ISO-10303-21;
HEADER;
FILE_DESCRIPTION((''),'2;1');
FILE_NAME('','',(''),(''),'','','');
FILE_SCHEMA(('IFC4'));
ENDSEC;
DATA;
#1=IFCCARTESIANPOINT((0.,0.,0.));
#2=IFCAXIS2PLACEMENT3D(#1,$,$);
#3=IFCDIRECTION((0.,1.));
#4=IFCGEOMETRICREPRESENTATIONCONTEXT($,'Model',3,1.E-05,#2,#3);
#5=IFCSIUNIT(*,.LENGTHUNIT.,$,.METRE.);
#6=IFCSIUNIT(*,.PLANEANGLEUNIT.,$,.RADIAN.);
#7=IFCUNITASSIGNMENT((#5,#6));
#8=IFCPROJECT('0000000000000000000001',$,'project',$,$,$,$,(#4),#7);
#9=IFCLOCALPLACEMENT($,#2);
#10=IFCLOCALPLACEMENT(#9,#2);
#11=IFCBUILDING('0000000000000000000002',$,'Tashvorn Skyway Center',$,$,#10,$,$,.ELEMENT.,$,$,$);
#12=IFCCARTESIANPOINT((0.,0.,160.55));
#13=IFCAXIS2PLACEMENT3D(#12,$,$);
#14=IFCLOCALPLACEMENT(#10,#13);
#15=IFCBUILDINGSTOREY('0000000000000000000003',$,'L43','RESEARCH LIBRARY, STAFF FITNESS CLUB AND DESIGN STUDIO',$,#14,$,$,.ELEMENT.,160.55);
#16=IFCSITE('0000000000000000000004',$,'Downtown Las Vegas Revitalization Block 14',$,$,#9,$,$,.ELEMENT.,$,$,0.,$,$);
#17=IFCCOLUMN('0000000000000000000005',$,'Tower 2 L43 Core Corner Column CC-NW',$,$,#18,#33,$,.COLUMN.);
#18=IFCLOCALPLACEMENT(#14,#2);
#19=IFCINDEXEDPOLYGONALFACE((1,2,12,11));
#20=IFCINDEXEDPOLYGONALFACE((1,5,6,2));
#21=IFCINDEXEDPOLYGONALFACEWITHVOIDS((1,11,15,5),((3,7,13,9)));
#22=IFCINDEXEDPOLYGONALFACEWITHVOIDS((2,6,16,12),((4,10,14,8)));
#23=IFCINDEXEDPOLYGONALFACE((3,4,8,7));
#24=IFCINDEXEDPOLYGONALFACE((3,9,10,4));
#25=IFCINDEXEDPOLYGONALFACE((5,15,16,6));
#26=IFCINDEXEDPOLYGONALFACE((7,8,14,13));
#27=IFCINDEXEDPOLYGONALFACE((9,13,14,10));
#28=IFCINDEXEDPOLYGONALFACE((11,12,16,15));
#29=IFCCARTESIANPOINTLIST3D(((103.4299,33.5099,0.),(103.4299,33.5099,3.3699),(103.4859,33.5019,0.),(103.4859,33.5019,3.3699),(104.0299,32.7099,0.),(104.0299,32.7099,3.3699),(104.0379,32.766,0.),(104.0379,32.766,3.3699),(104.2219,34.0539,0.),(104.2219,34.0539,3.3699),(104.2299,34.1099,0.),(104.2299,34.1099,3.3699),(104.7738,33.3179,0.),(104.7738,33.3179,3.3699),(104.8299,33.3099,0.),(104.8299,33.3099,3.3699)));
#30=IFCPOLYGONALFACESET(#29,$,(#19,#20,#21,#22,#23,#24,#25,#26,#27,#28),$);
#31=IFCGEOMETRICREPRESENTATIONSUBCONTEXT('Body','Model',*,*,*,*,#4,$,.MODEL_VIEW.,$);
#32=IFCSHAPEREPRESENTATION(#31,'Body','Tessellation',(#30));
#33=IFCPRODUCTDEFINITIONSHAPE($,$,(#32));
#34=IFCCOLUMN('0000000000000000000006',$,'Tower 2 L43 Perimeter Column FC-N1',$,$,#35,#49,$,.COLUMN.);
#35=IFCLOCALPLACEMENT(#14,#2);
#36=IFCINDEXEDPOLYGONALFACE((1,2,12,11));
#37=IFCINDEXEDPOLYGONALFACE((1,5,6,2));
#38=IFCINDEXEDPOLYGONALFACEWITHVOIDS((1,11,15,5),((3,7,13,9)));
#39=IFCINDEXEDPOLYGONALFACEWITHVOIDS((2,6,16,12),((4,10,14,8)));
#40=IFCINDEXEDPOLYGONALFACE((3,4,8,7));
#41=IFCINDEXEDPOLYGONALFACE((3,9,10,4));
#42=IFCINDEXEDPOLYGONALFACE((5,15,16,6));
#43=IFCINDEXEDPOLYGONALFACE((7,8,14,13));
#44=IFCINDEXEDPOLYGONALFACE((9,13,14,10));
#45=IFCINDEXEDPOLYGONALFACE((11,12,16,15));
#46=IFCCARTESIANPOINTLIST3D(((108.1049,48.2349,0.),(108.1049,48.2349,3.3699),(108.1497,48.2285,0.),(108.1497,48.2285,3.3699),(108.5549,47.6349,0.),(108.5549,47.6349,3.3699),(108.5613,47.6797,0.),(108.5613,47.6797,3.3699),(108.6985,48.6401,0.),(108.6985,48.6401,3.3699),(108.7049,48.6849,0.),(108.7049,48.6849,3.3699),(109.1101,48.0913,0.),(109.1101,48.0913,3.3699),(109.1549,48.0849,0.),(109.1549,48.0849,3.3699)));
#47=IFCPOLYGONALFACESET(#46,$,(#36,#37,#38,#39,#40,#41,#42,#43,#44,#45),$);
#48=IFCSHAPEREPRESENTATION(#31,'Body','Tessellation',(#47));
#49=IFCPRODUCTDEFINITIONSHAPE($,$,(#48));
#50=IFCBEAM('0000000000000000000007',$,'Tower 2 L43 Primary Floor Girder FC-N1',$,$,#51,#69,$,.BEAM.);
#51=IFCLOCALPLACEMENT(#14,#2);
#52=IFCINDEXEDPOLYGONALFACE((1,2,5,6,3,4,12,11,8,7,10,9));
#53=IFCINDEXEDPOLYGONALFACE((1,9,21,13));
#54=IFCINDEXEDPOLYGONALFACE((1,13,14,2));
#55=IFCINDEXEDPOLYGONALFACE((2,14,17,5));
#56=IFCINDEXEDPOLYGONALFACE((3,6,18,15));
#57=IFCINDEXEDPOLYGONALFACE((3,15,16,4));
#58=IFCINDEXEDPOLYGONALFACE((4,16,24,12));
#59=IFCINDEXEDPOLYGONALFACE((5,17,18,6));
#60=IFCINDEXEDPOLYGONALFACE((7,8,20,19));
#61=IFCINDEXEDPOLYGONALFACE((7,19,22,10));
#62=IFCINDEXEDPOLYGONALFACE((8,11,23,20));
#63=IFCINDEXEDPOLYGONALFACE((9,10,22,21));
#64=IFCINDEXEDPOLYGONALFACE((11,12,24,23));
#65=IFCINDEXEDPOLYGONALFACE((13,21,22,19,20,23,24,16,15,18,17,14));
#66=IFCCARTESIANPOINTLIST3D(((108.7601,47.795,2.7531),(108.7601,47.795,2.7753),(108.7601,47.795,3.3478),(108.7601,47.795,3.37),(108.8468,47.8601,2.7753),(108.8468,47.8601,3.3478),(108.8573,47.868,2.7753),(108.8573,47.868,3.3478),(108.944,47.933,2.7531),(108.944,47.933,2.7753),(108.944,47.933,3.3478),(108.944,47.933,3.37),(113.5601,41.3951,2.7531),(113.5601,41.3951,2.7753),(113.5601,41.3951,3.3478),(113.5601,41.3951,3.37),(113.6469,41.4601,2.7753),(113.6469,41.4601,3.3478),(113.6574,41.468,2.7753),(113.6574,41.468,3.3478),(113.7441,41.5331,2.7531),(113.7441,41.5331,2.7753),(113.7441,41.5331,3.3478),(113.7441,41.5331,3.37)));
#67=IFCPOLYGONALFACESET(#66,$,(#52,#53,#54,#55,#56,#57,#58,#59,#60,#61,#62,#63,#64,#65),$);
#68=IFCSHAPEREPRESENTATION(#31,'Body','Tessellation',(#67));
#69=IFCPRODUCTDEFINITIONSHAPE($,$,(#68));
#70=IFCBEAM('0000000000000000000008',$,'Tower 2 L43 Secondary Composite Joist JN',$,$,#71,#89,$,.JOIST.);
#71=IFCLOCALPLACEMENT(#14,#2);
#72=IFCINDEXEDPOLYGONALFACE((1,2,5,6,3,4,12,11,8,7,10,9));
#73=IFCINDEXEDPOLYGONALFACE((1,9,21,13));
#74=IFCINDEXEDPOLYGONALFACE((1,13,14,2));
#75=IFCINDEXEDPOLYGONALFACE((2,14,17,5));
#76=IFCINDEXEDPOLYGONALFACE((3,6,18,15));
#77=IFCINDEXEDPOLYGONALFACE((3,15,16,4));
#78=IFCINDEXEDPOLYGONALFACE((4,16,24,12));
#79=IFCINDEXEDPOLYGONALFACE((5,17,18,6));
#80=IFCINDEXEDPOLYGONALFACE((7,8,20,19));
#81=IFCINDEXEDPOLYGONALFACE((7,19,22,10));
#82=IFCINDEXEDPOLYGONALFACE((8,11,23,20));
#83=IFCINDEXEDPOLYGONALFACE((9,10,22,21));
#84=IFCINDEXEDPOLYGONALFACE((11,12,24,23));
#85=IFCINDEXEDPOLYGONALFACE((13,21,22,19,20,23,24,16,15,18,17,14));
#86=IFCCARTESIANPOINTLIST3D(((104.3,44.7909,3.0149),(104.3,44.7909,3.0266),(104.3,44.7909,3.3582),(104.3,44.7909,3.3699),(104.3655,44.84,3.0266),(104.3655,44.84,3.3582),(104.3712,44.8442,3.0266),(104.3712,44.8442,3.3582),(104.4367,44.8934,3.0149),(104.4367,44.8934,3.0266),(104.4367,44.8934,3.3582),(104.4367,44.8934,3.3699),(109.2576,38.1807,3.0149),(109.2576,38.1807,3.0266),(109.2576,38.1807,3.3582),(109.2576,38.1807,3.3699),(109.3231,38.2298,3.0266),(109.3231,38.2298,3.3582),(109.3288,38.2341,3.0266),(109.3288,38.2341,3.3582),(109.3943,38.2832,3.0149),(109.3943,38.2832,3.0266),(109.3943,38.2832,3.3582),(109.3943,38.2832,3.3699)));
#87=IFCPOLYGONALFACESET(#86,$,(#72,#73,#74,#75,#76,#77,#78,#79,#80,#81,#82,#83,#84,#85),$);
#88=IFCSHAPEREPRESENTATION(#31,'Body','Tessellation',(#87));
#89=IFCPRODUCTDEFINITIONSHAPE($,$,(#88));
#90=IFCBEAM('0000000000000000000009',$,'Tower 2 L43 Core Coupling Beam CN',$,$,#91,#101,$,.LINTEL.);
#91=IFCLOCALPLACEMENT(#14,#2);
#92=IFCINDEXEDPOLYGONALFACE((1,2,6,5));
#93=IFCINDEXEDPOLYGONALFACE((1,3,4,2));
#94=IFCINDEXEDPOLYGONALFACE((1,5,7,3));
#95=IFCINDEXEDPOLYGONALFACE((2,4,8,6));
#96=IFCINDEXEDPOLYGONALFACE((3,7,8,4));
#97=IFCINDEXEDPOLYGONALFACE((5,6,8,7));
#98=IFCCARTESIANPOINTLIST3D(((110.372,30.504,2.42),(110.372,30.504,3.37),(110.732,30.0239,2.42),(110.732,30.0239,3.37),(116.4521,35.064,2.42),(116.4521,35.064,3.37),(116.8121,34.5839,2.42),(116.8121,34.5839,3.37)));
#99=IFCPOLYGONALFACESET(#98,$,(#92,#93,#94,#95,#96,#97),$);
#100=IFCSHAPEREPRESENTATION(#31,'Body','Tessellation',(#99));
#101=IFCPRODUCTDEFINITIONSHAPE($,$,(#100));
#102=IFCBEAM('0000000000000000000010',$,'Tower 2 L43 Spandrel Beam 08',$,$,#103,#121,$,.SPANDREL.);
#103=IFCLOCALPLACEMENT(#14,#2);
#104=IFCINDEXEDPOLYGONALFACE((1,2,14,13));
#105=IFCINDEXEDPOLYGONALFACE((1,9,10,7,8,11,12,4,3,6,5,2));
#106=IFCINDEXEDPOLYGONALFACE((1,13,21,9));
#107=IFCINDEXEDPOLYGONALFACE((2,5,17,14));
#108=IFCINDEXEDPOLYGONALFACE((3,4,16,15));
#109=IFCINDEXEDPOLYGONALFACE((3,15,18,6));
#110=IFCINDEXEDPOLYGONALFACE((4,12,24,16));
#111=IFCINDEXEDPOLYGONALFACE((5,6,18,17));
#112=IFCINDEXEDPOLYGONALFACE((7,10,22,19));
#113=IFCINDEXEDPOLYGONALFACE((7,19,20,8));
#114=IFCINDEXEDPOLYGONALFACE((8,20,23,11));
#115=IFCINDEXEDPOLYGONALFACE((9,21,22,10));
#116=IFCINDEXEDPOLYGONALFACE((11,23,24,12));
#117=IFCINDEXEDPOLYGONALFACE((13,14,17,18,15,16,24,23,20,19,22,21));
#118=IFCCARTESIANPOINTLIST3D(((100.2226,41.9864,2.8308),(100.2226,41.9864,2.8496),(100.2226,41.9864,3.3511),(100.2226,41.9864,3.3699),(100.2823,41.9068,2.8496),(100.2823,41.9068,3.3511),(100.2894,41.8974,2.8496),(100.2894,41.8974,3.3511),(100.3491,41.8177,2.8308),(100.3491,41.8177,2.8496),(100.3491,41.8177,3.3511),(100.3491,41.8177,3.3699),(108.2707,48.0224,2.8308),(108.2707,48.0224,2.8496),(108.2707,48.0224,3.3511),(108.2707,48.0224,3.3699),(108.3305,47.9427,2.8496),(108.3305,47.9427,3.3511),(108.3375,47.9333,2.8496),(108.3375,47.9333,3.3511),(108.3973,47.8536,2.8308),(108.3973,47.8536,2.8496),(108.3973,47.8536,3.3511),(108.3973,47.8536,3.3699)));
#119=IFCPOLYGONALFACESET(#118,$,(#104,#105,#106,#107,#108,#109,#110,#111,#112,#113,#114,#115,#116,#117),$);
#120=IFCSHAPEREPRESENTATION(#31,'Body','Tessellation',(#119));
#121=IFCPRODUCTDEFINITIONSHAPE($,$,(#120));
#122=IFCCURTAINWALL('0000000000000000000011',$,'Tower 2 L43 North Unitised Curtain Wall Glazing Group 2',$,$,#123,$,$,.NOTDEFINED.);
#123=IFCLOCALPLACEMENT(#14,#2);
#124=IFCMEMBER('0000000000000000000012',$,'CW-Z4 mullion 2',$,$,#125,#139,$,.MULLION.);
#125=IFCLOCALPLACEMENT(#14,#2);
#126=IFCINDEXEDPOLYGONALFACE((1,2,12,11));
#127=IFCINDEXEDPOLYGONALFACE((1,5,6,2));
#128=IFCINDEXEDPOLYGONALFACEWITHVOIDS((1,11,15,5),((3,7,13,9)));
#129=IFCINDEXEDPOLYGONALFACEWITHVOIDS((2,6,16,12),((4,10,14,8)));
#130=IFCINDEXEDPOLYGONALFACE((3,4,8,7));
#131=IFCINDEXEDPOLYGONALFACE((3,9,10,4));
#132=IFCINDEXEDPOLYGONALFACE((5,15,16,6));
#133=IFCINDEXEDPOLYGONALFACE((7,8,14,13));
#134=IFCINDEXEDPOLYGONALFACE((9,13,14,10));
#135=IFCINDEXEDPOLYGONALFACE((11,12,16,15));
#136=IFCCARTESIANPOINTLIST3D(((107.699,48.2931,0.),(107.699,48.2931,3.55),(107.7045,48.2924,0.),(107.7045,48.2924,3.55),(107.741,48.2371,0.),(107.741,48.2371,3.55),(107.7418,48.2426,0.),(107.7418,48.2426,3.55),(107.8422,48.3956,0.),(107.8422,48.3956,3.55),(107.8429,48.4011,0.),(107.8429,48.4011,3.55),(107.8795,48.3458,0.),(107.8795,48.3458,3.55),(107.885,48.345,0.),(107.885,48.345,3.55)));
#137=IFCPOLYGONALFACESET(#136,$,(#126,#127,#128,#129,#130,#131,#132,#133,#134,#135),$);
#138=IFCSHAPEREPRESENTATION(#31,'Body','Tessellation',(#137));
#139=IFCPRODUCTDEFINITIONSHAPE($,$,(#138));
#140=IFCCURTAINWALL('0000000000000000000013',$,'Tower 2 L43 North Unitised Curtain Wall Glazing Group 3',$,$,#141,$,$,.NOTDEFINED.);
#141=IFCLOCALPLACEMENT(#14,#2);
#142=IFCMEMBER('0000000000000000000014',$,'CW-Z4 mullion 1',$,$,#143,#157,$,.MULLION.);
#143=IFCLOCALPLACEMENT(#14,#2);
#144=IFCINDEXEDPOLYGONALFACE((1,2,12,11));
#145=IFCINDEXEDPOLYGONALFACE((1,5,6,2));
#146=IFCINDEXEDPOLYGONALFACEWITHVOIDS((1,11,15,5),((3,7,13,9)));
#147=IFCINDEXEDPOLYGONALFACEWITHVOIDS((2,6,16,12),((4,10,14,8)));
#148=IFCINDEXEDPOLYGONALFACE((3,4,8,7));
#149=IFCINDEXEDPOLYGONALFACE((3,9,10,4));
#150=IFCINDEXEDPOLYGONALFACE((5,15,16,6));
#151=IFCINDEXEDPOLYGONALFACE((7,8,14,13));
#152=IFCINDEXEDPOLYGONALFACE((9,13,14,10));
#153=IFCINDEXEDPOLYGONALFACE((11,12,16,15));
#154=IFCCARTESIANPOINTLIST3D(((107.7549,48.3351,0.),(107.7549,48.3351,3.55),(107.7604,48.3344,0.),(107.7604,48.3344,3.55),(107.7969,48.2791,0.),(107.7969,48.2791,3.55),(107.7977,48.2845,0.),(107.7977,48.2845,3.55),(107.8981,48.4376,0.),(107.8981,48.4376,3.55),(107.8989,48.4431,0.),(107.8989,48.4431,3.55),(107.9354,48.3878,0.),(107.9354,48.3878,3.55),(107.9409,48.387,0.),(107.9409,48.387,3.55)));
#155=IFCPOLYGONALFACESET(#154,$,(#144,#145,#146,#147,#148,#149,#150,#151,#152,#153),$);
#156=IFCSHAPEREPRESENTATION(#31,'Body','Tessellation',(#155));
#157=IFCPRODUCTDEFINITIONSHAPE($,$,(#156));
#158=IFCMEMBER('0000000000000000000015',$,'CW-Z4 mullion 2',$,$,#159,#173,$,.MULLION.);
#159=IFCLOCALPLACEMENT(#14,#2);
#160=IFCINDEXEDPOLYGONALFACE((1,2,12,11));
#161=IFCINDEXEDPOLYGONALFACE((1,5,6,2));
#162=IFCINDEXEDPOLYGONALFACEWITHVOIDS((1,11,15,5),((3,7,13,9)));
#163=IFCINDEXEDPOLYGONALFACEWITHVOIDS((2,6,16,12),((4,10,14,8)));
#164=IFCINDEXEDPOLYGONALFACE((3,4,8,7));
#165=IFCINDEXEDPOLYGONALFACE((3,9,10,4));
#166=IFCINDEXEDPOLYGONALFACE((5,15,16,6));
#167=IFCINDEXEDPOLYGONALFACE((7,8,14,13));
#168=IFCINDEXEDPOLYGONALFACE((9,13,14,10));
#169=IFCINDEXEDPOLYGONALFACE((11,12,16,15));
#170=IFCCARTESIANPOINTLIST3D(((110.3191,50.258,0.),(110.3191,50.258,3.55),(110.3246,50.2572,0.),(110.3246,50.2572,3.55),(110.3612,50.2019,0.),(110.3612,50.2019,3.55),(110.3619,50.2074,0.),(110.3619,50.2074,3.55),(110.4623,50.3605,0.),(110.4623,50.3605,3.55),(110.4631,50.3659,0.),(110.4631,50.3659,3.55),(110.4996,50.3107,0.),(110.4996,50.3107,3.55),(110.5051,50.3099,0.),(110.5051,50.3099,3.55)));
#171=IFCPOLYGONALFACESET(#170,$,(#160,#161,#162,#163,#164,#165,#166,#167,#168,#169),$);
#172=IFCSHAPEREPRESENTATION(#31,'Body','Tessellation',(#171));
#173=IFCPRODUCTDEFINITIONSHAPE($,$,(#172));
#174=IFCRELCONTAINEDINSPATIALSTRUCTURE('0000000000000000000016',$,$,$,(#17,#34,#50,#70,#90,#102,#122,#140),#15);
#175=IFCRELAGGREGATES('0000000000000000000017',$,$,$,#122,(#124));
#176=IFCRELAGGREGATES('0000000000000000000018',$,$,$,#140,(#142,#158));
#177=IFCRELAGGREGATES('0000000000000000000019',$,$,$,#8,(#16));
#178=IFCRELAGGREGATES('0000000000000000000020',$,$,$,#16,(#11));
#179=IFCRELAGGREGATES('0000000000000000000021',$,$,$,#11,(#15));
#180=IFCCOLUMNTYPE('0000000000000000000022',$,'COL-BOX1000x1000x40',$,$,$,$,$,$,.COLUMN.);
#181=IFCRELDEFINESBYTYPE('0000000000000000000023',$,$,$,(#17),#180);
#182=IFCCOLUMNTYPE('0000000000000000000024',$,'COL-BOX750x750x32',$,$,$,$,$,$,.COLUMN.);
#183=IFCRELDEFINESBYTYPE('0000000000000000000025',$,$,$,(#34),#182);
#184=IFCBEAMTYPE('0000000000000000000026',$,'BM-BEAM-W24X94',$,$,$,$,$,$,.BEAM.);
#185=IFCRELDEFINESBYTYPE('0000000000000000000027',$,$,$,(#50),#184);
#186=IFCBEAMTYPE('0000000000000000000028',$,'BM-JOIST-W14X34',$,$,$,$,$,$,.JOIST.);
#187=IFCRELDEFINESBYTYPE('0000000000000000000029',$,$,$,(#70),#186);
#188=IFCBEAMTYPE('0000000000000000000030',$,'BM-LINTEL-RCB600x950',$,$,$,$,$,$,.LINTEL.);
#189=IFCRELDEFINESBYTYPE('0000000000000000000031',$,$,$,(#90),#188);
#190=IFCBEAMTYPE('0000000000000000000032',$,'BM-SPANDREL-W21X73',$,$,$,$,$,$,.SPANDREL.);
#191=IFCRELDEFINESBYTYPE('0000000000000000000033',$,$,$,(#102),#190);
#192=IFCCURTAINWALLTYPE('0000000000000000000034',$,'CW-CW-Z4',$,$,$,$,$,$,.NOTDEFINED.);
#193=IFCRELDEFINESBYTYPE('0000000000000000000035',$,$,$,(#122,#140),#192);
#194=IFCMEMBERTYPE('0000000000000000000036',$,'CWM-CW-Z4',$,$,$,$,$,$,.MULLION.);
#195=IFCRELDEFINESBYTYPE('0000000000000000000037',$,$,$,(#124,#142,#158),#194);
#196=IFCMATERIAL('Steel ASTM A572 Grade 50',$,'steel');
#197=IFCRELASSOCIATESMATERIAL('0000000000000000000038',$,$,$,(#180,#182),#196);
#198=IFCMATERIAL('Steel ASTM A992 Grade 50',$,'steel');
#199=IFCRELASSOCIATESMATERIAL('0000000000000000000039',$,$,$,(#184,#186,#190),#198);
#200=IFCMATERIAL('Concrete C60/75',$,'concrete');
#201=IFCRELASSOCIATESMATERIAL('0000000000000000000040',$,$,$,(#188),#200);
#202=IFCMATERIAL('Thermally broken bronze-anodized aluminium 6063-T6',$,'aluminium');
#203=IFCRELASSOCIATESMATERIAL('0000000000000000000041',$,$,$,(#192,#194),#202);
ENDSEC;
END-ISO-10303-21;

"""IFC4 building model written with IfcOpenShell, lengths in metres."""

from ifc_helpers import new_model, si_unit, direction, frame, origin, origin_2d, place, context, subcontext, project, spatial, rectangle, hollow_rectangle, i_section, extrude, material, material_profile, profile_set, type_object, element, aggregate, save


model = new_model("IFC4")

# Units and contexts
model_context = context("Model", 3, precision=1e-05, world=origin(), true_north=direction((0.0, 1.0)))
body_context = subcontext(model_context, "Body", "Model", "MODEL_VIEW")
ifc_project = project(units=[si_unit("LENGTHUNIT", "METRE"), si_unit("PLANEANGLEUNIT", "RADIAN")], contexts=[model_context])

# Site, building, storey
site_placement = place(None, origin())
site = spatial("IfcSite", under=ifc_project, at=site_placement, Name="Downtown Las Vegas Revitalization Block 14", CompositionType="ELEMENT", RefElevation=0.0)
building_placement = place(site_placement, origin())
building = spatial("IfcBuilding", under=site, at=building_placement, Name="Tashvorn Skyway Center", CompositionType="ELEMENT")
storey_placement = place(building_placement, frame((0.0, 0.0, 160.55)))
storey = spatial("IfcBuildingStorey", under=building, at=storey_placement, Name="L43", Description="RESEARCH LIBRARY, STAFF FITNESS CLUB AND DESIGN STUDIO", CompositionType="ELEMENT", Elevation=160.55)

# Columns
ifc_material_1 = material(Name="Steel ASTM A572 Grade 50", Category="steel")
ifc_material_profile_1 = material_profile(ifc_material_1, hollow_rectangle(XDim=1.0, YDim=1.0, WallThickness=0.04, at=origin_2d()), Name="BOX1000x1000x40")
ifc_profile_set_1 = profile_set([ifc_material_profile_1], Name="Steel ASTM A572 Grade 50")
column_type_1 = type_object("IfcColumnType", Name="COL-BOX1000x1000x40", PredefinedType="COLUMN", material=ifc_profile_set_1)
column_1_placement = place(storey_placement, frame((104.1299, 33.4099, 0.0), z_axis=(0.0, 0.0, 1.0), x_axis=(0.8, 0.6, 0.0)))
element("IfcColumn", 1, at=column_1_placement, inside=storey, type_object=column_type_1, Name="Tower 2 L43 Core Corner Column CC-NW", PredefinedType="COLUMN", context=body_context, shape_type="SweptSolid", body=[
    extrude(hollow_rectangle(XDim=1.0, YDim=1.0, WallThickness=0.04, at=origin_2d()), origin(), (0.0, 0.0, 1.0), 3.3699),
])
ifc_material_profile_2 = material_profile(ifc_material_1, hollow_rectangle(XDim=0.75, YDim=0.75, WallThickness=0.032, at=origin_2d()), Name="BOX750x750x32")
ifc_profile_set_2 = profile_set([ifc_material_profile_2], Name="Steel ASTM A572 Grade 50")
column_type_2 = type_object("IfcColumnType", Name="COL-BOX750x750x32", PredefinedType="COLUMN", material=ifc_profile_set_2)
column_2_placement = place(storey_placement, frame((108.6299, 48.1599, 0.0), z_axis=(0.0, 0.0, 1.0), x_axis=(0.8, 0.6, 0.0)))
element("IfcColumn", 2, at=column_2_placement, inside=storey, type_object=column_type_2, Name="Tower 2 L43 Perimeter Column FC-N1", PredefinedType="COLUMN", context=body_context, shape_type="SweptSolid", body=[
    extrude(hollow_rectangle(XDim=0.75, YDim=0.75, WallThickness=0.032, at=origin_2d()), origin(), (0.0, 0.0, 1.0), 3.3699),
])

# Beams
ifc_material_2 = material(Name="Steel ASTM A992 Grade 50", Category="steel")
ifc_material_profile_3 = material_profile(ifc_material_2, i_section(OverallWidth=0.23, OverallDepth=0.6169, WebThickness=0.0132, FlangeThickness=0.0222, at=origin_2d()), Name="W24X94")
ifc_profile_set_3 = profile_set([ifc_material_profile_3], Name="Steel ASTM A992 Grade 50")
beam_type_1 = type_object("IfcBeamType", Name="BM-BEAM-W24X94", PredefinedType="BEAM", material=ifc_profile_set_3)
beam_1_placement = place(storey_placement, frame((108.8521, 47.864, 3.0615), z_axis=(0.60001, -0.799993, 0.0), x_axis=(0.799993, 0.60001, 0.0)))
element("IfcBeam", 3, at=beam_1_placement, inside=storey, type_object=beam_type_1, Name="Tower 2 L43 Primary Floor Girder FC-N1", PredefinedType="BEAM", context=body_context, shape_type="SweptSolid", body=[
    extrude(i_section(OverallWidth=0.23, OverallDepth=0.6169, WebThickness=0.0132, FlangeThickness=0.0222, at=origin_2d()), origin(), (0.0, 0.0, 1.0), 8.0),
])
ifc_material_profile_4 = material_profile(ifc_material_2, i_section(OverallWidth=0.1709, OverallDepth=0.355, WebThickness=0.0071, FlangeThickness=0.0117, at=origin_2d()), Name="W14X34")
ifc_profile_set_4 = profile_set([ifc_material_profile_4], Name="Steel ASTM A992 Grade 50")
beam_type_2 = type_object("IfcBeamType", Name="BM-JOIST-W14X34", PredefinedType="JOIST", material=ifc_profile_set_4)
beam_2_placement = place(storey_placement, frame((109.3259, 38.2319, 3.1924), z_axis=(-0.599995, 0.800004, 0.0), x_axis=(-0.800004, -0.599995, 0.0)))
element("IfcBeam", 4, at=beam_2_placement, inside=storey, type_object=beam_type_2, Name="Tower 2 L43 Secondary Composite Joist JN", PredefinedType="JOIST", context=body_context, shape_type="SweptSolid", body=[
    extrude(i_section(OverallWidth=0.1709, OverallDepth=0.355, WebThickness=0.0071, FlangeThickness=0.0117, at=origin_2d()), origin(), (0.0, 0.0, 1.0), 8.2627),
])
ifc_material_3 = material(Name="Concrete C60/75", Category="concrete")
ifc_material_profile_5 = material_profile(ifc_material_3, rectangle(XDim=0.6001, YDim=0.95, at=origin_2d()), Name="RCB600x950")
ifc_profile_set_5 = profile_set([ifc_material_profile_5], Name="Concrete C60/75")
beam_type_3 = type_object("IfcBeamType", Name="BM-LINTEL-RCB600x950", PredefinedType="LINTEL", material=ifc_profile_set_5)
beam_3_placement = place(storey_placement, frame((110.552, 30.2639, 2.895), z_axis=(0.8, 0.6, 0.0), x_axis=(-0.6, 0.8, 0.0)))
element("IfcBeam", 5, at=beam_3_placement, inside=storey, type_object=beam_type_3, Name="Tower 2 L43 Core Coupling Beam CN", PredefinedType="LINTEL", context=body_context, shape_type="SweptSolid", body=[
    extrude(rectangle(XDim=0.6001, YDim=0.95, at=origin_2d()), origin(), (0.0, 0.0, 1.0), 7.6001),
])
ifc_material_profile_6 = material_profile(ifc_material_2, i_section(OverallWidth=0.2109, OverallDepth=0.5391, WebThickness=0.0117, FlangeThickness=0.0188, at=origin_2d()), Name="W21X73")
ifc_profile_set_6 = profile_set([ifc_material_profile_6], Name="Steel ASTM A992 Grade 50")
beam_type_4 = type_object("IfcBeamType", Name="BM-SPANDREL-W21X73", PredefinedType="SPANDREL", material=ifc_profile_set_6)
beam_4_placement = place(storey_placement, frame((108.334, 47.938, 3.1003), z_axis=(-0.800009, -0.599988, 0.0), x_axis=(0.599988, -0.800009, 0.0)))
element("IfcBeam", 6, at=beam_4_placement, inside=storey, type_object=beam_type_4, Name="Tower 2 L43 Spandrel Beam 08", PredefinedType="SPANDREL", context=body_context, shape_type="SweptSolid", body=[
    extrude(i_section(OverallWidth=0.2109, OverallDepth=0.5391, WebThickness=0.0117, FlangeThickness=0.0188, at=origin_2d()), origin(), (0.0, 0.0, 1.0), 10.0601),
])

# Curtain wall, member
ifc_material_4 = material(Name="Thermally broken bronze-anodized aluminium 6063-T6", Category="aluminium")
curtain_wall_type = type_object("IfcCurtainWallType", Name="CW-CW-Z4", PredefinedType="NOTDEFINED", material=ifc_material_4)
curtain_wall_1_placement = place(storey_placement, origin())
curtain_wall_1 = element("IfcCurtainWall", 7, at=curtain_wall_1_placement, inside=storey, type_object=curtain_wall_type, Name="Tower 2 L43 North Unitised Curtain Wall Glazing Group 2", PredefinedType="NOTDEFINED")
ifc_material_profile_7 = material_profile(ifc_material_4, hollow_rectangle(XDim=0.0701, YDim=0.1799, WallThickness=0.0039, at=origin_2d()), Name="ALU-MULL-70x180")
ifc_profile_set_7 = profile_set([ifc_material_profile_7], Name="Thermally broken bronze-anodized aluminium 6063-T6")
member_type_1 = type_object("IfcMemberType", Name="CWM-CW-Z4", PredefinedType="MULLION", material=ifc_profile_set_7)
member_1_placement = place(storey_placement, frame((107.792, 48.3191, 0.0), z_axis=(0.0, 0.0, 1.0), x_axis=(-0.6, 0.8, 0.0)))
member_1 = element("IfcMember", 8, at=member_1_placement, type_object=member_type_1, Name="CW-Z4 mullion 2", PredefinedType="MULLION", context=body_context, shape_type="SweptSolid", body=[
    extrude(hollow_rectangle(XDim=0.0701, YDim=0.1799, WallThickness=0.0039, at=origin_2d()), origin(), (0.0, 0.0, 1.0), 3.55),
])
aggregate(curtain_wall_1, [member_1])

# Curtain wall, members
curtain_wall_2_placement = place(storey_placement, origin())
curtain_wall_2 = element("IfcCurtainWall", 9, at=curtain_wall_2_placement, inside=storey, type_object=curtain_wall_type, Name="Tower 2 L43 North Unitised Curtain Wall Glazing Group 3", PredefinedType="NOTDEFINED")
member_2_placement = place(storey_placement, frame((107.8479, 48.3611, 0.0), z_axis=(0.0, 0.0, 1.0), x_axis=(-0.6, 0.8, 0.0)))
member_2 = element("IfcMember", 10, at=member_2_placement, type_object=member_type_1, Name="CW-Z4 mullion 1", PredefinedType="MULLION", context=body_context, shape_type="SweptSolid", body=[
    extrude(hollow_rectangle(XDim=0.0701, YDim=0.1799, WallThickness=0.0039, at=origin_2d()), origin(), (0.0, 0.0, 1.0), 3.55),
])
member_3_placement = place(storey_placement, frame((110.4121, 50.2839, 0.0), z_axis=(0.0, 0.0, 1.0), x_axis=(-0.6, 0.8, 0.0)))
member_3 = element("IfcMember", 11, at=member_3_placement, type_object=member_type_1, Name="CW-Z4 mullion 2", PredefinedType="MULLION", context=body_context, shape_type="SweptSolid", body=[
    extrude(hollow_rectangle(XDim=0.0701, YDim=0.1799, WallThickness=0.0039, at=origin_2d()), origin(), (0.0, 0.0, 1.0), 3.55),
])
aggregate(curtain_wall_2, [member_2, member_3])

save(model, "model.ifc")
